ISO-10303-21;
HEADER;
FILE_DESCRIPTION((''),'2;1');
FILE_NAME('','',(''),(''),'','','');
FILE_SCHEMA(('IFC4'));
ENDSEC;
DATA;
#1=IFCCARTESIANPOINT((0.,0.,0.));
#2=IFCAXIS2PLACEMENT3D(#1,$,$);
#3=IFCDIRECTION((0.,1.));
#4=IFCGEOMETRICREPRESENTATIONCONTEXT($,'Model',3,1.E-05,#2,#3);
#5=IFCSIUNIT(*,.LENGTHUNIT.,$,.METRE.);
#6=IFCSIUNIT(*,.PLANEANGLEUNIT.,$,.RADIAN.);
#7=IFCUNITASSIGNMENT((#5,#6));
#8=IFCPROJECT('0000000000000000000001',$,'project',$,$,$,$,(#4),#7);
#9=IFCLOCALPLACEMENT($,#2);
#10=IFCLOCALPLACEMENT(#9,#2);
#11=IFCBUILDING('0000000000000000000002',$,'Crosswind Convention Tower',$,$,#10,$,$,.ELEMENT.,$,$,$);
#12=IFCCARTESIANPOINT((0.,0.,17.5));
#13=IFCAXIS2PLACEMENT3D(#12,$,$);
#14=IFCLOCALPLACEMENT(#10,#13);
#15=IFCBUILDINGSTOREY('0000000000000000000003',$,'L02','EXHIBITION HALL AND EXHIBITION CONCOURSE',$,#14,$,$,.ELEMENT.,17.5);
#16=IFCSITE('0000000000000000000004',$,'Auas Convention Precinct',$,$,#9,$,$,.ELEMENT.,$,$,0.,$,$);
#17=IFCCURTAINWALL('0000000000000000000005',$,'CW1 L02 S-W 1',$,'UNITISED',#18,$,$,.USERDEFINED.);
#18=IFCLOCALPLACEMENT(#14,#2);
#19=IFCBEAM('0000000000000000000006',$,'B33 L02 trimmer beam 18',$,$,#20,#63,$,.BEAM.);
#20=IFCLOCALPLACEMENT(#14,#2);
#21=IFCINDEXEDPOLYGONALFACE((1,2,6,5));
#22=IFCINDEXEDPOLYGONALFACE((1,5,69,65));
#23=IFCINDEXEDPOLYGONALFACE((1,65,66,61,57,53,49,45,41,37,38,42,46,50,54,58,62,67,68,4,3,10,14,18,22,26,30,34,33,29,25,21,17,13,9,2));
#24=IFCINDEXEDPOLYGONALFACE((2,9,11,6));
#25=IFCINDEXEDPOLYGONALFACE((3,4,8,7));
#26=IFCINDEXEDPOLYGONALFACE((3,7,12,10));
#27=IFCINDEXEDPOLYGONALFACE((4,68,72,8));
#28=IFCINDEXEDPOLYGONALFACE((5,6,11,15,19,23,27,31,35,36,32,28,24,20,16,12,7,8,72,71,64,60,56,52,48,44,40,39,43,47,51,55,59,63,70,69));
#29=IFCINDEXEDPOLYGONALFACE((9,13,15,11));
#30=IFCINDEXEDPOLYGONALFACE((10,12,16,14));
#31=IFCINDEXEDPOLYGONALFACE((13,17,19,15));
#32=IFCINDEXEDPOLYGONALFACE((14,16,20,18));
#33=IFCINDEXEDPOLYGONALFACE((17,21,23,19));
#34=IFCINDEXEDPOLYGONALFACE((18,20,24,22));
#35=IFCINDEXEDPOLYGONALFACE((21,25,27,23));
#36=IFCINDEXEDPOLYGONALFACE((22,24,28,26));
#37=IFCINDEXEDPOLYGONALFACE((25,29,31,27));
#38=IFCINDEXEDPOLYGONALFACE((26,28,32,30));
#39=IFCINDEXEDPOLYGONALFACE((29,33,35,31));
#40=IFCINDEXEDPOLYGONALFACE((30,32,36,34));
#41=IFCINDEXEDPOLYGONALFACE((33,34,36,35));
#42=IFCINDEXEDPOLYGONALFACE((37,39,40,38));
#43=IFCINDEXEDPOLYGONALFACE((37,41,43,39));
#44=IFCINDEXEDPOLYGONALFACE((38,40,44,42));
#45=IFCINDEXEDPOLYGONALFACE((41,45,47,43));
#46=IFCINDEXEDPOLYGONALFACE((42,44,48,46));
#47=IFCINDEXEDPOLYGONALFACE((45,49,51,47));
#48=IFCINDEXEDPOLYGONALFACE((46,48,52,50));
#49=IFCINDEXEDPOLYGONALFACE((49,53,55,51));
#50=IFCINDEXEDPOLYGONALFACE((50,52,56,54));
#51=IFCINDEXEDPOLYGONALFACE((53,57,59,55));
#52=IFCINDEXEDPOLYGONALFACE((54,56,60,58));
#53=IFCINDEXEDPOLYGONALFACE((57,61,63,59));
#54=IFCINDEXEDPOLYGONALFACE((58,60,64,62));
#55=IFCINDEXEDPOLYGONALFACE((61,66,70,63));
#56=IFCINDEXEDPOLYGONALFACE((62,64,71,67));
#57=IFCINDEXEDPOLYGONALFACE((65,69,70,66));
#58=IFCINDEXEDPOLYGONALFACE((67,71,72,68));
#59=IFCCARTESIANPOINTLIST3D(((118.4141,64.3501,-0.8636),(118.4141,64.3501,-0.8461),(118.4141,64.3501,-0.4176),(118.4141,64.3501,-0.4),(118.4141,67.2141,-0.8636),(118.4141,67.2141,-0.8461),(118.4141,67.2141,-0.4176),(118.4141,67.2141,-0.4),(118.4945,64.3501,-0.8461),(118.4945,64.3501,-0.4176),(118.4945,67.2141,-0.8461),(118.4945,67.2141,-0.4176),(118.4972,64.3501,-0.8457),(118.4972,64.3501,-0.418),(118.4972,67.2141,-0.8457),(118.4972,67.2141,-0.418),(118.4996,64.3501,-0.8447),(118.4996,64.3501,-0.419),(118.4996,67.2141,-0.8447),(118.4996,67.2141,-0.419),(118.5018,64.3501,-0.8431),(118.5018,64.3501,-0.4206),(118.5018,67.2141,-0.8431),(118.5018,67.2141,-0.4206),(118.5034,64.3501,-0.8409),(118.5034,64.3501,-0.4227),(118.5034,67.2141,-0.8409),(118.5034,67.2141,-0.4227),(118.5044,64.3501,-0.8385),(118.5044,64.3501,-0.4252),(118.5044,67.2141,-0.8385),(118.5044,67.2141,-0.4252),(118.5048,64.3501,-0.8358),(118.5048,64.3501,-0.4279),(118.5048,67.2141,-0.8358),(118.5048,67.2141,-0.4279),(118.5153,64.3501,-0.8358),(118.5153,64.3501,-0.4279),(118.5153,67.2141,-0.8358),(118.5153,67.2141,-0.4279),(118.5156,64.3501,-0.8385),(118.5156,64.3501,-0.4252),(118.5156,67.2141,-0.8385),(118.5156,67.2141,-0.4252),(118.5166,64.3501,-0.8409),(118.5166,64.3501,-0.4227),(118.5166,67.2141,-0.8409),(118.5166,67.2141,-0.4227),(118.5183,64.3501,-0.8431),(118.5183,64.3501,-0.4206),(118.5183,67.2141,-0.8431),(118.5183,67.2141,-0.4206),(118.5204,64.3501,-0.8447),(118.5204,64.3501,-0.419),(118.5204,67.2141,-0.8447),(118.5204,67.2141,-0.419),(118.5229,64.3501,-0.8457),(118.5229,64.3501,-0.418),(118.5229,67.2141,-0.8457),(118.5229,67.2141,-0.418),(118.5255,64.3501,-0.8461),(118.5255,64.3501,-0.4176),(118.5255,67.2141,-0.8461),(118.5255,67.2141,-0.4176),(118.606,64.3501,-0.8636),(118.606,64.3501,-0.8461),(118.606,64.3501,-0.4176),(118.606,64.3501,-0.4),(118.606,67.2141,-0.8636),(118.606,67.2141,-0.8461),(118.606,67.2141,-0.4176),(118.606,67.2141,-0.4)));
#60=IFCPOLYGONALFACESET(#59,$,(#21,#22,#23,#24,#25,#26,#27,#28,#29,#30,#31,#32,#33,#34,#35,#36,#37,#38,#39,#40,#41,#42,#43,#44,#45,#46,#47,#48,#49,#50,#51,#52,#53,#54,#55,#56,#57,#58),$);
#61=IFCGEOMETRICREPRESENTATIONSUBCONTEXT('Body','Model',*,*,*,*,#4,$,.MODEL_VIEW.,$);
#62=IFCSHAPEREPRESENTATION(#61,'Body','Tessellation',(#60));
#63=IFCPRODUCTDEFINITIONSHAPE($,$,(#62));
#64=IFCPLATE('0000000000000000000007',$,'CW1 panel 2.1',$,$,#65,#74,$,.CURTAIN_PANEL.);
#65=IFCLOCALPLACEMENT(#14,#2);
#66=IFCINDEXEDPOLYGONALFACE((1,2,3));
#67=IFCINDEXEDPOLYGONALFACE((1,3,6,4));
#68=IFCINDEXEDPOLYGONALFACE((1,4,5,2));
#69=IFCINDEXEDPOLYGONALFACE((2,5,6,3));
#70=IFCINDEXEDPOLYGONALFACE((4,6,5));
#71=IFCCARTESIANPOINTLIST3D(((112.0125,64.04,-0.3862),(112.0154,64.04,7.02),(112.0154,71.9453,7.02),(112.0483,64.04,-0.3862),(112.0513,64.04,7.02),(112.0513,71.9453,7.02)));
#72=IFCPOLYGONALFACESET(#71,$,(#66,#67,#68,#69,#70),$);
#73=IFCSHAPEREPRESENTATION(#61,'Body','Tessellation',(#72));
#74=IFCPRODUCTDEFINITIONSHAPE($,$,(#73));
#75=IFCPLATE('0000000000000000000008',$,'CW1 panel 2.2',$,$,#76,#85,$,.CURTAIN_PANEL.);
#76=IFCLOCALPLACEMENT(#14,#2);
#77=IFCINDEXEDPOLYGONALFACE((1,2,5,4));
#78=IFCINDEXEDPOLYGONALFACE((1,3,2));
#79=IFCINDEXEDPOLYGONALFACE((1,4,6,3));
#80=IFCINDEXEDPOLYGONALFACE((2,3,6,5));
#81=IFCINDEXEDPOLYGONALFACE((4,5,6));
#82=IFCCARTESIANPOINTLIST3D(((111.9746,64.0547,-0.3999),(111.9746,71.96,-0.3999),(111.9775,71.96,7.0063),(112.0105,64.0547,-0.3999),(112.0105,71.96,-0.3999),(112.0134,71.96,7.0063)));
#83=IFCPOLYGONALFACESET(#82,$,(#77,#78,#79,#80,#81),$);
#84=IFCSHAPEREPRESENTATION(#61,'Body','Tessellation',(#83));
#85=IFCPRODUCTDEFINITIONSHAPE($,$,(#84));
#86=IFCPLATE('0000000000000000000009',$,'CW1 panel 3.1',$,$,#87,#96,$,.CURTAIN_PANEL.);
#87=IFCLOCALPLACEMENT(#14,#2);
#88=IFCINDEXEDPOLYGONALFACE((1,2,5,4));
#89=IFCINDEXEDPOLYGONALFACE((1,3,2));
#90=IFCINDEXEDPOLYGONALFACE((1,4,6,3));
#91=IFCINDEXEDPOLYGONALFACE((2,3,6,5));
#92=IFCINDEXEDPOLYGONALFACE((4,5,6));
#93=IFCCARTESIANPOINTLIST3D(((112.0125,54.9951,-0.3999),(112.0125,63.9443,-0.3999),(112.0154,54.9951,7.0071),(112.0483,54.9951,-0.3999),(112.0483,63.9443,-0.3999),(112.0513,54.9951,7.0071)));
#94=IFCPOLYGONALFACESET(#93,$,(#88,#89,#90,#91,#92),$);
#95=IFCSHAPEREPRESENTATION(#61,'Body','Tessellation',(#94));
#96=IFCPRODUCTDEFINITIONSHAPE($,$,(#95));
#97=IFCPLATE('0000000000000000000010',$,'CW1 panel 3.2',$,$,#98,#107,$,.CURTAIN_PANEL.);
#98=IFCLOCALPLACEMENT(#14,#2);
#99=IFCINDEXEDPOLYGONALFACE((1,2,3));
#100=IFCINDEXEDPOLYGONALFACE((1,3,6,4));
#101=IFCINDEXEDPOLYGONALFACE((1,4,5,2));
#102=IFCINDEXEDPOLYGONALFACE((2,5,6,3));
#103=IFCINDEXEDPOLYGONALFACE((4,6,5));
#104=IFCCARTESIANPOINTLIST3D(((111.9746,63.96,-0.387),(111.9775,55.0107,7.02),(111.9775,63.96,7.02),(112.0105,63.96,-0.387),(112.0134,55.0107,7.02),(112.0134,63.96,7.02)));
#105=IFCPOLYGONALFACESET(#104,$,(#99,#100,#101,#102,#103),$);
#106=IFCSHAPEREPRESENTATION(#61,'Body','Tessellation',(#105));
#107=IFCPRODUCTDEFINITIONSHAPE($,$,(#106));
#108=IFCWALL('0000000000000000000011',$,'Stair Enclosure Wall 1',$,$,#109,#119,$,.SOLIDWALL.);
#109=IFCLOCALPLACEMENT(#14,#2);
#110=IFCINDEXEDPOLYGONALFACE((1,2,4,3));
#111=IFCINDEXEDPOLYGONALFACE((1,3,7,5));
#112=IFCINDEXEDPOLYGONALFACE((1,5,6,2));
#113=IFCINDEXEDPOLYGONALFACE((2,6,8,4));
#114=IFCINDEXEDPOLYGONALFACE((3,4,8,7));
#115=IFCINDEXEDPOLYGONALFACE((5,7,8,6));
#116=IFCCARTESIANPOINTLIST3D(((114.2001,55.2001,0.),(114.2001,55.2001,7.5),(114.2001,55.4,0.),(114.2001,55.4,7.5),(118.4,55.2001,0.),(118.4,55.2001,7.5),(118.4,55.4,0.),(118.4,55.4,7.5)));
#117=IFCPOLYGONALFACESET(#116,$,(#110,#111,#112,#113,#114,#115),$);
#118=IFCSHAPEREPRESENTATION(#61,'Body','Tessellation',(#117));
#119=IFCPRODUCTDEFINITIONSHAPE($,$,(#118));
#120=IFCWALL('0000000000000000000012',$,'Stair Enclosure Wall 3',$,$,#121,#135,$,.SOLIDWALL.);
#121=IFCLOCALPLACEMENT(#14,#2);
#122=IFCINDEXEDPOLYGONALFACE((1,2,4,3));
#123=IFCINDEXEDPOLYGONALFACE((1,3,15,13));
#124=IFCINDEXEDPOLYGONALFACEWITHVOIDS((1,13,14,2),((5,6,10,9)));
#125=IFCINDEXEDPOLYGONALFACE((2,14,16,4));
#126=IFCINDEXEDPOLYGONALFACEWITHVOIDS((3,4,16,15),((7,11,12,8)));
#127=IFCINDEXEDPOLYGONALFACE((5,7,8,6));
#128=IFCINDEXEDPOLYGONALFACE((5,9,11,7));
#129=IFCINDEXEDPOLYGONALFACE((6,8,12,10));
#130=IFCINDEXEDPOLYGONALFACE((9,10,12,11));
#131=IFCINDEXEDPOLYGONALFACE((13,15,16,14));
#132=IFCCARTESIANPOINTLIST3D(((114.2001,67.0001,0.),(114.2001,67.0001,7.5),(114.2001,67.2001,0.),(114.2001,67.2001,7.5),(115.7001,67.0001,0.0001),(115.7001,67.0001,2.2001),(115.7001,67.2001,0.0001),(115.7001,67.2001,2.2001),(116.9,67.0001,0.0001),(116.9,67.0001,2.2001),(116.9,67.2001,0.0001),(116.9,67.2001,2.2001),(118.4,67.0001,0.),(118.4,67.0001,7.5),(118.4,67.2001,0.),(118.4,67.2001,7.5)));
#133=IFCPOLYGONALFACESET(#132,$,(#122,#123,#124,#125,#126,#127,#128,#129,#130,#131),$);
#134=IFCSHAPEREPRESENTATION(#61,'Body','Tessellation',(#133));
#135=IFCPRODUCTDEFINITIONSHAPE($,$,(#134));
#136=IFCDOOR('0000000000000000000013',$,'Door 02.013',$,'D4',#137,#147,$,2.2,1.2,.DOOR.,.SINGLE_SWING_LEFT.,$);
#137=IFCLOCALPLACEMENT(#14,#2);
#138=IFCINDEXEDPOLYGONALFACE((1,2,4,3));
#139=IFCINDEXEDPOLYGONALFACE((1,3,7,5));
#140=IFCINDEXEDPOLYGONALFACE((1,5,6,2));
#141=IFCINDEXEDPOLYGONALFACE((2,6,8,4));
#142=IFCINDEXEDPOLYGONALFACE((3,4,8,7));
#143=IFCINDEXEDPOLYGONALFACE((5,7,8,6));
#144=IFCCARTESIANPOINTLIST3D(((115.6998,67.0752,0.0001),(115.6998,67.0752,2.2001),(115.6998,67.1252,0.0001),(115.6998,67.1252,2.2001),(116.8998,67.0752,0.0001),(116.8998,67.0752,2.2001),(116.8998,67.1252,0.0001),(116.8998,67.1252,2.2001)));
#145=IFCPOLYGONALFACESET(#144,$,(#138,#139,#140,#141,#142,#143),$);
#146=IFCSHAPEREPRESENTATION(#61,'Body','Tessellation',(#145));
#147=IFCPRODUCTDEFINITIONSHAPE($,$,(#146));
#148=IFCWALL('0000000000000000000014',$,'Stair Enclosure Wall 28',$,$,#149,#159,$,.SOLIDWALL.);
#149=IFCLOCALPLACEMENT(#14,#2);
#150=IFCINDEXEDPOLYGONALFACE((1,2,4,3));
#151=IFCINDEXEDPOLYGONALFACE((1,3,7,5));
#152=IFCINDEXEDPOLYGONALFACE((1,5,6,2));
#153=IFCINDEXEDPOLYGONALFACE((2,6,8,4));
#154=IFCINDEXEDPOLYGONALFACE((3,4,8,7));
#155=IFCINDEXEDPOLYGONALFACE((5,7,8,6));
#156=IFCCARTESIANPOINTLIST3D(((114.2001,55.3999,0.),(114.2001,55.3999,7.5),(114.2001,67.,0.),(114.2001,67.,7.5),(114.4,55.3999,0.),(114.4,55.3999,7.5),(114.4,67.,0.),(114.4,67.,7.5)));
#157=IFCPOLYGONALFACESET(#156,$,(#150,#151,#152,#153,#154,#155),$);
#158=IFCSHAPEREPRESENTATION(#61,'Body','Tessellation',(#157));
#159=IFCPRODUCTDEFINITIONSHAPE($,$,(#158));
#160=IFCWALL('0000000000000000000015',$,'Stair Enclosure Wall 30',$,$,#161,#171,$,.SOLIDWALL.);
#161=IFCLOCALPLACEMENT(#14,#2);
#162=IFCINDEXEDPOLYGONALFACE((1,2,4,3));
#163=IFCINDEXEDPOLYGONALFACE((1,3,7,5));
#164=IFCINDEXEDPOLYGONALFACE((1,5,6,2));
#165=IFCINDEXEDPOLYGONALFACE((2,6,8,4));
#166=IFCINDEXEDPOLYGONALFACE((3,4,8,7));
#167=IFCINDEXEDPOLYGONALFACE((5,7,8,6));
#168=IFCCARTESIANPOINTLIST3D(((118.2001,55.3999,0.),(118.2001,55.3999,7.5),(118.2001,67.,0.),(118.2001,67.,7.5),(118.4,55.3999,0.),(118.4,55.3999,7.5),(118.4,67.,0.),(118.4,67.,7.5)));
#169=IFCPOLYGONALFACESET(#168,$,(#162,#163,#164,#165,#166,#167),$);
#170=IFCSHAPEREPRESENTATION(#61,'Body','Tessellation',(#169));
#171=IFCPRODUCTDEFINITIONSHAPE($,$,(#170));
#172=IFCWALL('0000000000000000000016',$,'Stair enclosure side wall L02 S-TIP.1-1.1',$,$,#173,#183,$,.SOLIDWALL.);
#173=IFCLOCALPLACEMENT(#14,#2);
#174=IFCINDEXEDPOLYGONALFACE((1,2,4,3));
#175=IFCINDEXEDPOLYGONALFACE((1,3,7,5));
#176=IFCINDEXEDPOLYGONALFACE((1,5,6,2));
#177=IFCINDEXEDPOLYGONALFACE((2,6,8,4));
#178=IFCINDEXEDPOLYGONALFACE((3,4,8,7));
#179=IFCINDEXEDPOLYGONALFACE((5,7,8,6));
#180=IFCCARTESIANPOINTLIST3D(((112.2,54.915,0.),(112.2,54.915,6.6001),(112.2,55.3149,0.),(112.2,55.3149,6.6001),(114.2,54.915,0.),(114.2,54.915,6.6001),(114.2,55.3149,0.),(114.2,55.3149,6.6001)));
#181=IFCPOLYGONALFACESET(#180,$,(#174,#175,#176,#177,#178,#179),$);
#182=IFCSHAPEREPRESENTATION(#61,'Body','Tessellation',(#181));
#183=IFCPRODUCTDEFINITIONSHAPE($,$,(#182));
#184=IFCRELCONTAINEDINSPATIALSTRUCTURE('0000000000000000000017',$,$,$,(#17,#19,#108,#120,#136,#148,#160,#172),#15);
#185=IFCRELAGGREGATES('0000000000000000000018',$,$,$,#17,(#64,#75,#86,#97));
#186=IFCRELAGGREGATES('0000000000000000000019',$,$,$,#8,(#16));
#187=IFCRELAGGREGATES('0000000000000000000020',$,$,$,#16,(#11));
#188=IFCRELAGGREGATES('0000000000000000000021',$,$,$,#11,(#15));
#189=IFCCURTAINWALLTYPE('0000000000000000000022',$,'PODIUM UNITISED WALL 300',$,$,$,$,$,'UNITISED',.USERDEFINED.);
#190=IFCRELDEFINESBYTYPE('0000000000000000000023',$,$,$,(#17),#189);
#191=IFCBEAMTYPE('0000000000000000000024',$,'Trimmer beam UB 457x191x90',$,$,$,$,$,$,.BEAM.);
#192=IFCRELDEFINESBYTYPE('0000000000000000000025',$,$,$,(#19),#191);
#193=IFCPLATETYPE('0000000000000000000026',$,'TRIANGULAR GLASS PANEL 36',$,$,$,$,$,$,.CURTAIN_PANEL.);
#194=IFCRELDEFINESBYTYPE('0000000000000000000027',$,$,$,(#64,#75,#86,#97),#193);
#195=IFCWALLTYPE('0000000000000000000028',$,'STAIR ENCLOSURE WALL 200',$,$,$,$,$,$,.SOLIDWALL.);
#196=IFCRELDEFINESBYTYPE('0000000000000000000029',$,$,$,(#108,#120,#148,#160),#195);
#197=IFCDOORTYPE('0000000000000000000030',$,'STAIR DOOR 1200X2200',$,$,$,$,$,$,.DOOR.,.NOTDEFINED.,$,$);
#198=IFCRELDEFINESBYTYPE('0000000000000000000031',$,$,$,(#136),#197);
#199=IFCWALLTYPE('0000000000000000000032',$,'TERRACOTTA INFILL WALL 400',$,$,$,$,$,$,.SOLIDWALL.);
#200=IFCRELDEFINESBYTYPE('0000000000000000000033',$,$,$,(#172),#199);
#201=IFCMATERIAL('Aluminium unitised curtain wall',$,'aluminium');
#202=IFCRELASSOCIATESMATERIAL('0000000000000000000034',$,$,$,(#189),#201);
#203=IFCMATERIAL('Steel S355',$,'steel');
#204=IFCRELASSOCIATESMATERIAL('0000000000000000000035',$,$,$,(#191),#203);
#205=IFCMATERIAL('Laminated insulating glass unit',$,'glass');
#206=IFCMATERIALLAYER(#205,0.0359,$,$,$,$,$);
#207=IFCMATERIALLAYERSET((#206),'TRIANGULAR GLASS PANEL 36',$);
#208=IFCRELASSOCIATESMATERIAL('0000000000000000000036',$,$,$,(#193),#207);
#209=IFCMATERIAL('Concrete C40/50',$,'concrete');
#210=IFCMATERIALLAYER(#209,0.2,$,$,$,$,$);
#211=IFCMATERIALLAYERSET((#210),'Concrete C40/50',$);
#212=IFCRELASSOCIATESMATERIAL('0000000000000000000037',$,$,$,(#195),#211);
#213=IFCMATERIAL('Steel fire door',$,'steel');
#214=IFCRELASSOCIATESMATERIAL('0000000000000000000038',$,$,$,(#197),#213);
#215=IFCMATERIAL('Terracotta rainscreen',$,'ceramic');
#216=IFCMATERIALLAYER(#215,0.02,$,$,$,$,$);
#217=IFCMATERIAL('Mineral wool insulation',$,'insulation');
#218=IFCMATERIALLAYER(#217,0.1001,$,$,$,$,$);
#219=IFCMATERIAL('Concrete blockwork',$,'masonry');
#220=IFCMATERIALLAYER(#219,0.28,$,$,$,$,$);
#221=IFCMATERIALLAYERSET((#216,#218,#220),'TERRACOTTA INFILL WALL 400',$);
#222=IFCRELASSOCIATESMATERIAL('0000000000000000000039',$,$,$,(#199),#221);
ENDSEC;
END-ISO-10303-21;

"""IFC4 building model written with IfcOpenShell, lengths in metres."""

from ifc_helpers import new_model, si_unit, direction, frame, frame_2d, origin, origin_2d, place, context, subcontext, project, spatial, polyline, rectangle, i_section, outline, extrude, material, layer, layer_set, material_profile, profile_set, type_object, element, fill, aggregate, save


model = new_model("IFC4")

# Units and contexts
model_context = context("Model", 3, precision=1e-05, world=origin(), true_north=direction((0.0, 1.0)))
body_context = subcontext(model_context, "Body", "Model", "MODEL_VIEW")
ifc_project = project(units=[si_unit("LENGTHUNIT", "METRE"), si_unit("PLANEANGLEUNIT", "RADIAN")], contexts=[model_context])

# Site, building, storey
site_placement = place(None, origin())
site = spatial("IfcSite", under=ifc_project, at=site_placement, Name="Auas Convention Precinct", CompositionType="ELEMENT", RefElevation=0.0)
building_placement = place(site_placement, origin())
building = spatial("IfcBuilding", under=site, at=building_placement, Name="Crosswind Convention Tower", CompositionType="ELEMENT")
storey_placement = place(building_placement, frame((0.0, 0.0, 17.5)))
storey = spatial("IfcBuildingStorey", under=building, at=storey_placement, Name="L02", Description="EXHIBITION HALL AND EXHIBITION CONCOURSE", CompositionType="ELEMENT", Elevation=17.5)

# Shared definitions
ifc_material_1 = material(Name="Steel S355", Category="steel")

# Curtain wall
ifc_material_2 = material(Name="Aluminium unitised curtain wall", Category="aluminium")
curtain_wall_type = type_object("IfcCurtainWallType", Name="PODIUM UNITISED WALL 300", ElementType="UNITISED", PredefinedType="USERDEFINED", material=ifc_material_2)
curtain_wall_placement = place(storey_placement, origin())
curtain_wall = element("IfcCurtainWall", 1, at=curtain_wall_placement, inside=storey, type_object=curtain_wall_type, Name="CW1 L02 S-W 1", ObjectType="UNITISED", PredefinedType="USERDEFINED")

# Beam
ifc_material_profile_1 = material_profile(ifc_material_1, i_section(OverallWidth=0.1919, OverallDepth=0.4636, WebThickness=0.0105, FlangeThickness=0.0176, FilletRadius=0.0103, at=origin_2d()), Name="UB 457x191x90")
ifc_profile_set_1 = profile_set([ifc_material_profile_1], Name="Steel S355")
beam_type_1 = type_object("IfcBeamType", Name="Trimmer beam UB 457x191x90", PredefinedType="BEAM", material=ifc_profile_set_1)
beam_1_placement = place(storey_placement, frame((118.51, 67.2141, -0.6318), z_axis=(0.0, -1.0, 0.0), x_axis=(1.0, 0.0, 0.0)))
element("IfcBeam", 2, at=beam_1_placement, inside=storey, type_object=beam_type_1, Name="B33 L02 trimmer beam 18", PredefinedType="BEAM", context=body_context, shape_type="SweptSolid", body=[
    extrude(i_section(OverallWidth=0.1919, OverallDepth=0.4636, WebThickness=0.0105, FlangeThickness=0.0176, FilletRadius=0.0103, at=origin_2d()), origin(), (0.0, 0.0, 1.0), 2.864),
])

# Plates
ifc_material_3 = material(Name="Laminated insulating glass unit", Category="glass")
ifc_layer_1 = layer(ifc_material_3, 0.0359)
ifc_layer_set_1 = layer_set([ifc_layer_1], Name="TRIANGULAR GLASS PANEL 36")
plate_type = type_object("IfcPlateType", Name="TRIANGULAR GLASS PANEL 36", PredefinedType="CURTAIN_PANEL", material=ifc_layer_set_1)
plate_1_placement = place(storey_placement, frame((112.0154, 64.04, 7.02), z_axis=(-1.0, 0.0, 0.000396), x_axis=(0.0, 1.0, 0.0)))
plate_1 = element("IfcPlate", 3, at=plate_1_placement, type_object=plate_type, Name="CW1 panel 2.1", PredefinedType="CURTAIN_PANEL", context=body_context, shape_type="SweptSolid", body=[
    extrude(outline(polyline([(0.0, 0.0), (7.9053, 0.0), (0.0, 7.4063), (0.0, 0.0)])), origin(), (0.0, 0.0, -1.0), 0.0359),
])
plate_2_placement = place(storey_placement, frame((111.9746, 71.96, -0.3999), z_axis=(-1.0, 0.0, 0.000396), x_axis=(0.0, -1.0, 0.0)))
plate_2 = element("IfcPlate", 4, at=plate_2_placement, type_object=plate_type, Name="CW1 panel 2.2", PredefinedType="CURTAIN_PANEL", context=body_context, shape_type="SweptSolid", body=[
    extrude(outline(polyline([(0.0, 0.0), (7.9053, 0.0), (0.0, 7.4063), (0.0, 0.0)])), origin(), (0.0, 0.0, -1.0), 0.0359),
])
plate_3_placement = place(storey_placement, frame((112.0125, 54.9951, -0.3999), z_axis=(-1.0, 0.0, 0.000396), x_axis=(0.000396, 0.0, 1.0)))
plate_3 = element("IfcPlate", 5, at=plate_3_placement, type_object=plate_type, Name="CW1 panel 3.1", PredefinedType="CURTAIN_PANEL", context=body_context, shape_type="SweptSolid", body=[
    extrude(outline(polyline([(0.0, 0.0), (7.407, 0.0), (0.0, 8.9492), (0.0, 0.0)])), origin(), (0.0, 0.0, -1.0), 0.0359),
])
plate_4_placement = place(storey_placement, frame((111.9775, 63.96, 7.02), z_axis=(-1.0, 0.0, 0.000396), x_axis=(-0.000396, 0.0, -1.0)))
plate_4 = element("IfcPlate", 6, at=plate_4_placement, type_object=plate_type, Name="CW1 panel 3.2", PredefinedType="CURTAIN_PANEL", context=body_context, shape_type="SweptSolid", body=[
    extrude(outline(polyline([(0.0, 0.0), (7.407, 0.0), (0.0, 8.9492), (0.0, 0.0)])), origin(), (0.0, 0.0, -1.0), 0.0359),
])
aggregate(curtain_wall, [plate_1, plate_2, plate_3, plate_4])

# Wall
ifc_material_4 = material(Name="Concrete C40/50", Category="concrete")
ifc_layer_2 = layer(ifc_material_4, 0.2)
ifc_layer_set_2 = layer_set([ifc_layer_2], Name="Concrete C40/50")
wall_type_1 = type_object("IfcWallType", Name="STAIR ENCLOSURE WALL 200", PredefinedType="SOLIDWALL", material=ifc_layer_set_2)
wall_1_placement = place(storey_placement, frame((114.2, 55.3, 0.0), z_axis=(0.0, 0.0, 1.0), x_axis=(1.0, 0.0, 0.0)))
element("IfcWall", 7, at=wall_1_placement, inside=storey, type_object=wall_type_1, Name="Stair Enclosure Wall 1", PredefinedType="SOLIDWALL", context=body_context, shape_type="SweptSolid", body=[
    extrude(rectangle(XDim=4.2, YDim=0.2, at=frame_2d((2.1001, 0.0))), origin(), (0.0, 0.0, 1.0), 7.5),
])

# Wall, opening, door
wall_2_placement = place(storey_placement, frame((114.2, 67.1001, 0.0), z_axis=(0.0, 0.0, 1.0), x_axis=(1.0, 0.0, 0.0)))
wall_2 = element("IfcWall", 8, at=wall_2_placement, inside=storey, type_object=wall_type_1, Name="Stair Enclosure Wall 3", PredefinedType="SOLIDWALL", context=body_context, shape_type="SweptSolid", body=[
    extrude(rectangle(XDim=4.2, YDim=0.2, at=frame_2d((2.1001, 0.0))), origin(), (0.0, 0.0, 1.0), 7.5),
])
opening_placement = place(wall_2_placement, frame((1.5, 0.0, 0.0)))
opening = element("IfcOpeningElement", 9, at=opening_placement, cuts=wall_2, PredefinedType="OPENING", context=body_context, shape_type="SweptSolid", body=[
    extrude(rectangle(XDim=1.2, YDim=2.2, at=frame_2d((0.6001, 1.1001))), frame((0.0, 0.1099, 0.0), z_axis=(0.0, -1.0, 0.0), x_axis=(1.0, 0.0, 0.0)), (0.0, 0.0, 1.0), 0.22),
])
ifc_material_5 = material(Name="Steel fire door", Category="steel")
door_type = type_object("IfcDoorType", Name="STAIR DOOR 1200X2200", OperationType="NOTDEFINED", PredefinedType="DOOR", material=ifc_material_5)
door_placement = place(opening_placement, frame((1.2, 0.0, 0.0), z_axis=(0.0, 0.0, 1.0), x_axis=(-1.0, 0.0, 0.0)))
door = element("IfcDoor", 10, at=door_placement, inside=storey, type_object=door_type, Name="Door 02.013", ObjectType="D4", OperationType="SINGLE_SWING_LEFT", OverallHeight=2.2, OverallWidth=1.2, PredefinedType="DOOR", context=body_context, shape_type="SweptSolid", body=[
    extrude(rectangle(XDim=1.2, YDim=2.2, at=frame_2d((0.6001, 1.1001))), frame((0.0, 0.0249, 0.0), z_axis=(0.0, -1.0, 0.0), x_axis=(1.0, 0.0, 0.0)), (0.0, 0.0, 1.0), 0.05),
])
fill(opening, door)

# Walls
for number, where, z_axis, x_axis, name in (
    (11, (114.3, 55.3999, 0.0), (0.0, 0.0, 1.0), (0.0, 1.0, 0.0), "Stair Enclosure Wall 28"),
    (12, (118.3, 55.3999, 0.0), (0.0, 0.0, 1.0), (0.0, 1.0, 0.0), "Stair Enclosure Wall 30"),
):
    element("IfcWall", number, at=place(storey_placement, frame(where, z_axis=z_axis, x_axis=x_axis)), inside=storey, type_object=wall_type_1, Name=name, PredefinedType="SOLIDWALL", context=body_context, shape_type="SweptSolid", body=[
        extrude(rectangle(XDim=11.6001, YDim=0.2, at=frame_2d((5.8, 0.0))), origin(), (0.0, 0.0, 1.0), 7.5),
    ])
ifc_material_6 = material(Name="Terracotta rainscreen", Category="ceramic")
ifc_layer_3 = layer(ifc_material_6, 0.02)
ifc_material_7 = material(Name="Mineral wool insulation", Category="insulation")
ifc_layer_4 = layer(ifc_material_7, 0.1001)
ifc_material_8 = material(Name="Concrete blockwork", Category="masonry")
ifc_layer_5 = layer(ifc_material_8, 0.28)
ifc_layer_set_3 = layer_set([ifc_layer_3, ifc_layer_4, ifc_layer_5], Name="TERRACOTTA INFILL WALL 400")
wall_type_2 = type_object("IfcWallType", Name="TERRACOTTA INFILL WALL 400", PredefinedType="SOLIDWALL", material=ifc_layer_set_3)
wall_3_placement = place(storey_placement, frame((112.2, 55.115, 0.0), z_axis=(0.0, 0.0, 1.0), x_axis=(1.0, 0.0, 0.0)))
element("IfcWall", 13, at=wall_3_placement, inside=storey, type_object=wall_type_2, Name="Stair enclosure side wall L02 S-TIP.1-1.1", PredefinedType="SOLIDWALL", context=body_context, shape_type="SweptSolid", body=[
    extrude(rectangle(XDim=2.0, YDim=0.3999, at=frame_2d((1.0, 0.0))), origin(), (0.0, 0.0, 1.0), 6.6001),
])

save(model, "model.ifc")
